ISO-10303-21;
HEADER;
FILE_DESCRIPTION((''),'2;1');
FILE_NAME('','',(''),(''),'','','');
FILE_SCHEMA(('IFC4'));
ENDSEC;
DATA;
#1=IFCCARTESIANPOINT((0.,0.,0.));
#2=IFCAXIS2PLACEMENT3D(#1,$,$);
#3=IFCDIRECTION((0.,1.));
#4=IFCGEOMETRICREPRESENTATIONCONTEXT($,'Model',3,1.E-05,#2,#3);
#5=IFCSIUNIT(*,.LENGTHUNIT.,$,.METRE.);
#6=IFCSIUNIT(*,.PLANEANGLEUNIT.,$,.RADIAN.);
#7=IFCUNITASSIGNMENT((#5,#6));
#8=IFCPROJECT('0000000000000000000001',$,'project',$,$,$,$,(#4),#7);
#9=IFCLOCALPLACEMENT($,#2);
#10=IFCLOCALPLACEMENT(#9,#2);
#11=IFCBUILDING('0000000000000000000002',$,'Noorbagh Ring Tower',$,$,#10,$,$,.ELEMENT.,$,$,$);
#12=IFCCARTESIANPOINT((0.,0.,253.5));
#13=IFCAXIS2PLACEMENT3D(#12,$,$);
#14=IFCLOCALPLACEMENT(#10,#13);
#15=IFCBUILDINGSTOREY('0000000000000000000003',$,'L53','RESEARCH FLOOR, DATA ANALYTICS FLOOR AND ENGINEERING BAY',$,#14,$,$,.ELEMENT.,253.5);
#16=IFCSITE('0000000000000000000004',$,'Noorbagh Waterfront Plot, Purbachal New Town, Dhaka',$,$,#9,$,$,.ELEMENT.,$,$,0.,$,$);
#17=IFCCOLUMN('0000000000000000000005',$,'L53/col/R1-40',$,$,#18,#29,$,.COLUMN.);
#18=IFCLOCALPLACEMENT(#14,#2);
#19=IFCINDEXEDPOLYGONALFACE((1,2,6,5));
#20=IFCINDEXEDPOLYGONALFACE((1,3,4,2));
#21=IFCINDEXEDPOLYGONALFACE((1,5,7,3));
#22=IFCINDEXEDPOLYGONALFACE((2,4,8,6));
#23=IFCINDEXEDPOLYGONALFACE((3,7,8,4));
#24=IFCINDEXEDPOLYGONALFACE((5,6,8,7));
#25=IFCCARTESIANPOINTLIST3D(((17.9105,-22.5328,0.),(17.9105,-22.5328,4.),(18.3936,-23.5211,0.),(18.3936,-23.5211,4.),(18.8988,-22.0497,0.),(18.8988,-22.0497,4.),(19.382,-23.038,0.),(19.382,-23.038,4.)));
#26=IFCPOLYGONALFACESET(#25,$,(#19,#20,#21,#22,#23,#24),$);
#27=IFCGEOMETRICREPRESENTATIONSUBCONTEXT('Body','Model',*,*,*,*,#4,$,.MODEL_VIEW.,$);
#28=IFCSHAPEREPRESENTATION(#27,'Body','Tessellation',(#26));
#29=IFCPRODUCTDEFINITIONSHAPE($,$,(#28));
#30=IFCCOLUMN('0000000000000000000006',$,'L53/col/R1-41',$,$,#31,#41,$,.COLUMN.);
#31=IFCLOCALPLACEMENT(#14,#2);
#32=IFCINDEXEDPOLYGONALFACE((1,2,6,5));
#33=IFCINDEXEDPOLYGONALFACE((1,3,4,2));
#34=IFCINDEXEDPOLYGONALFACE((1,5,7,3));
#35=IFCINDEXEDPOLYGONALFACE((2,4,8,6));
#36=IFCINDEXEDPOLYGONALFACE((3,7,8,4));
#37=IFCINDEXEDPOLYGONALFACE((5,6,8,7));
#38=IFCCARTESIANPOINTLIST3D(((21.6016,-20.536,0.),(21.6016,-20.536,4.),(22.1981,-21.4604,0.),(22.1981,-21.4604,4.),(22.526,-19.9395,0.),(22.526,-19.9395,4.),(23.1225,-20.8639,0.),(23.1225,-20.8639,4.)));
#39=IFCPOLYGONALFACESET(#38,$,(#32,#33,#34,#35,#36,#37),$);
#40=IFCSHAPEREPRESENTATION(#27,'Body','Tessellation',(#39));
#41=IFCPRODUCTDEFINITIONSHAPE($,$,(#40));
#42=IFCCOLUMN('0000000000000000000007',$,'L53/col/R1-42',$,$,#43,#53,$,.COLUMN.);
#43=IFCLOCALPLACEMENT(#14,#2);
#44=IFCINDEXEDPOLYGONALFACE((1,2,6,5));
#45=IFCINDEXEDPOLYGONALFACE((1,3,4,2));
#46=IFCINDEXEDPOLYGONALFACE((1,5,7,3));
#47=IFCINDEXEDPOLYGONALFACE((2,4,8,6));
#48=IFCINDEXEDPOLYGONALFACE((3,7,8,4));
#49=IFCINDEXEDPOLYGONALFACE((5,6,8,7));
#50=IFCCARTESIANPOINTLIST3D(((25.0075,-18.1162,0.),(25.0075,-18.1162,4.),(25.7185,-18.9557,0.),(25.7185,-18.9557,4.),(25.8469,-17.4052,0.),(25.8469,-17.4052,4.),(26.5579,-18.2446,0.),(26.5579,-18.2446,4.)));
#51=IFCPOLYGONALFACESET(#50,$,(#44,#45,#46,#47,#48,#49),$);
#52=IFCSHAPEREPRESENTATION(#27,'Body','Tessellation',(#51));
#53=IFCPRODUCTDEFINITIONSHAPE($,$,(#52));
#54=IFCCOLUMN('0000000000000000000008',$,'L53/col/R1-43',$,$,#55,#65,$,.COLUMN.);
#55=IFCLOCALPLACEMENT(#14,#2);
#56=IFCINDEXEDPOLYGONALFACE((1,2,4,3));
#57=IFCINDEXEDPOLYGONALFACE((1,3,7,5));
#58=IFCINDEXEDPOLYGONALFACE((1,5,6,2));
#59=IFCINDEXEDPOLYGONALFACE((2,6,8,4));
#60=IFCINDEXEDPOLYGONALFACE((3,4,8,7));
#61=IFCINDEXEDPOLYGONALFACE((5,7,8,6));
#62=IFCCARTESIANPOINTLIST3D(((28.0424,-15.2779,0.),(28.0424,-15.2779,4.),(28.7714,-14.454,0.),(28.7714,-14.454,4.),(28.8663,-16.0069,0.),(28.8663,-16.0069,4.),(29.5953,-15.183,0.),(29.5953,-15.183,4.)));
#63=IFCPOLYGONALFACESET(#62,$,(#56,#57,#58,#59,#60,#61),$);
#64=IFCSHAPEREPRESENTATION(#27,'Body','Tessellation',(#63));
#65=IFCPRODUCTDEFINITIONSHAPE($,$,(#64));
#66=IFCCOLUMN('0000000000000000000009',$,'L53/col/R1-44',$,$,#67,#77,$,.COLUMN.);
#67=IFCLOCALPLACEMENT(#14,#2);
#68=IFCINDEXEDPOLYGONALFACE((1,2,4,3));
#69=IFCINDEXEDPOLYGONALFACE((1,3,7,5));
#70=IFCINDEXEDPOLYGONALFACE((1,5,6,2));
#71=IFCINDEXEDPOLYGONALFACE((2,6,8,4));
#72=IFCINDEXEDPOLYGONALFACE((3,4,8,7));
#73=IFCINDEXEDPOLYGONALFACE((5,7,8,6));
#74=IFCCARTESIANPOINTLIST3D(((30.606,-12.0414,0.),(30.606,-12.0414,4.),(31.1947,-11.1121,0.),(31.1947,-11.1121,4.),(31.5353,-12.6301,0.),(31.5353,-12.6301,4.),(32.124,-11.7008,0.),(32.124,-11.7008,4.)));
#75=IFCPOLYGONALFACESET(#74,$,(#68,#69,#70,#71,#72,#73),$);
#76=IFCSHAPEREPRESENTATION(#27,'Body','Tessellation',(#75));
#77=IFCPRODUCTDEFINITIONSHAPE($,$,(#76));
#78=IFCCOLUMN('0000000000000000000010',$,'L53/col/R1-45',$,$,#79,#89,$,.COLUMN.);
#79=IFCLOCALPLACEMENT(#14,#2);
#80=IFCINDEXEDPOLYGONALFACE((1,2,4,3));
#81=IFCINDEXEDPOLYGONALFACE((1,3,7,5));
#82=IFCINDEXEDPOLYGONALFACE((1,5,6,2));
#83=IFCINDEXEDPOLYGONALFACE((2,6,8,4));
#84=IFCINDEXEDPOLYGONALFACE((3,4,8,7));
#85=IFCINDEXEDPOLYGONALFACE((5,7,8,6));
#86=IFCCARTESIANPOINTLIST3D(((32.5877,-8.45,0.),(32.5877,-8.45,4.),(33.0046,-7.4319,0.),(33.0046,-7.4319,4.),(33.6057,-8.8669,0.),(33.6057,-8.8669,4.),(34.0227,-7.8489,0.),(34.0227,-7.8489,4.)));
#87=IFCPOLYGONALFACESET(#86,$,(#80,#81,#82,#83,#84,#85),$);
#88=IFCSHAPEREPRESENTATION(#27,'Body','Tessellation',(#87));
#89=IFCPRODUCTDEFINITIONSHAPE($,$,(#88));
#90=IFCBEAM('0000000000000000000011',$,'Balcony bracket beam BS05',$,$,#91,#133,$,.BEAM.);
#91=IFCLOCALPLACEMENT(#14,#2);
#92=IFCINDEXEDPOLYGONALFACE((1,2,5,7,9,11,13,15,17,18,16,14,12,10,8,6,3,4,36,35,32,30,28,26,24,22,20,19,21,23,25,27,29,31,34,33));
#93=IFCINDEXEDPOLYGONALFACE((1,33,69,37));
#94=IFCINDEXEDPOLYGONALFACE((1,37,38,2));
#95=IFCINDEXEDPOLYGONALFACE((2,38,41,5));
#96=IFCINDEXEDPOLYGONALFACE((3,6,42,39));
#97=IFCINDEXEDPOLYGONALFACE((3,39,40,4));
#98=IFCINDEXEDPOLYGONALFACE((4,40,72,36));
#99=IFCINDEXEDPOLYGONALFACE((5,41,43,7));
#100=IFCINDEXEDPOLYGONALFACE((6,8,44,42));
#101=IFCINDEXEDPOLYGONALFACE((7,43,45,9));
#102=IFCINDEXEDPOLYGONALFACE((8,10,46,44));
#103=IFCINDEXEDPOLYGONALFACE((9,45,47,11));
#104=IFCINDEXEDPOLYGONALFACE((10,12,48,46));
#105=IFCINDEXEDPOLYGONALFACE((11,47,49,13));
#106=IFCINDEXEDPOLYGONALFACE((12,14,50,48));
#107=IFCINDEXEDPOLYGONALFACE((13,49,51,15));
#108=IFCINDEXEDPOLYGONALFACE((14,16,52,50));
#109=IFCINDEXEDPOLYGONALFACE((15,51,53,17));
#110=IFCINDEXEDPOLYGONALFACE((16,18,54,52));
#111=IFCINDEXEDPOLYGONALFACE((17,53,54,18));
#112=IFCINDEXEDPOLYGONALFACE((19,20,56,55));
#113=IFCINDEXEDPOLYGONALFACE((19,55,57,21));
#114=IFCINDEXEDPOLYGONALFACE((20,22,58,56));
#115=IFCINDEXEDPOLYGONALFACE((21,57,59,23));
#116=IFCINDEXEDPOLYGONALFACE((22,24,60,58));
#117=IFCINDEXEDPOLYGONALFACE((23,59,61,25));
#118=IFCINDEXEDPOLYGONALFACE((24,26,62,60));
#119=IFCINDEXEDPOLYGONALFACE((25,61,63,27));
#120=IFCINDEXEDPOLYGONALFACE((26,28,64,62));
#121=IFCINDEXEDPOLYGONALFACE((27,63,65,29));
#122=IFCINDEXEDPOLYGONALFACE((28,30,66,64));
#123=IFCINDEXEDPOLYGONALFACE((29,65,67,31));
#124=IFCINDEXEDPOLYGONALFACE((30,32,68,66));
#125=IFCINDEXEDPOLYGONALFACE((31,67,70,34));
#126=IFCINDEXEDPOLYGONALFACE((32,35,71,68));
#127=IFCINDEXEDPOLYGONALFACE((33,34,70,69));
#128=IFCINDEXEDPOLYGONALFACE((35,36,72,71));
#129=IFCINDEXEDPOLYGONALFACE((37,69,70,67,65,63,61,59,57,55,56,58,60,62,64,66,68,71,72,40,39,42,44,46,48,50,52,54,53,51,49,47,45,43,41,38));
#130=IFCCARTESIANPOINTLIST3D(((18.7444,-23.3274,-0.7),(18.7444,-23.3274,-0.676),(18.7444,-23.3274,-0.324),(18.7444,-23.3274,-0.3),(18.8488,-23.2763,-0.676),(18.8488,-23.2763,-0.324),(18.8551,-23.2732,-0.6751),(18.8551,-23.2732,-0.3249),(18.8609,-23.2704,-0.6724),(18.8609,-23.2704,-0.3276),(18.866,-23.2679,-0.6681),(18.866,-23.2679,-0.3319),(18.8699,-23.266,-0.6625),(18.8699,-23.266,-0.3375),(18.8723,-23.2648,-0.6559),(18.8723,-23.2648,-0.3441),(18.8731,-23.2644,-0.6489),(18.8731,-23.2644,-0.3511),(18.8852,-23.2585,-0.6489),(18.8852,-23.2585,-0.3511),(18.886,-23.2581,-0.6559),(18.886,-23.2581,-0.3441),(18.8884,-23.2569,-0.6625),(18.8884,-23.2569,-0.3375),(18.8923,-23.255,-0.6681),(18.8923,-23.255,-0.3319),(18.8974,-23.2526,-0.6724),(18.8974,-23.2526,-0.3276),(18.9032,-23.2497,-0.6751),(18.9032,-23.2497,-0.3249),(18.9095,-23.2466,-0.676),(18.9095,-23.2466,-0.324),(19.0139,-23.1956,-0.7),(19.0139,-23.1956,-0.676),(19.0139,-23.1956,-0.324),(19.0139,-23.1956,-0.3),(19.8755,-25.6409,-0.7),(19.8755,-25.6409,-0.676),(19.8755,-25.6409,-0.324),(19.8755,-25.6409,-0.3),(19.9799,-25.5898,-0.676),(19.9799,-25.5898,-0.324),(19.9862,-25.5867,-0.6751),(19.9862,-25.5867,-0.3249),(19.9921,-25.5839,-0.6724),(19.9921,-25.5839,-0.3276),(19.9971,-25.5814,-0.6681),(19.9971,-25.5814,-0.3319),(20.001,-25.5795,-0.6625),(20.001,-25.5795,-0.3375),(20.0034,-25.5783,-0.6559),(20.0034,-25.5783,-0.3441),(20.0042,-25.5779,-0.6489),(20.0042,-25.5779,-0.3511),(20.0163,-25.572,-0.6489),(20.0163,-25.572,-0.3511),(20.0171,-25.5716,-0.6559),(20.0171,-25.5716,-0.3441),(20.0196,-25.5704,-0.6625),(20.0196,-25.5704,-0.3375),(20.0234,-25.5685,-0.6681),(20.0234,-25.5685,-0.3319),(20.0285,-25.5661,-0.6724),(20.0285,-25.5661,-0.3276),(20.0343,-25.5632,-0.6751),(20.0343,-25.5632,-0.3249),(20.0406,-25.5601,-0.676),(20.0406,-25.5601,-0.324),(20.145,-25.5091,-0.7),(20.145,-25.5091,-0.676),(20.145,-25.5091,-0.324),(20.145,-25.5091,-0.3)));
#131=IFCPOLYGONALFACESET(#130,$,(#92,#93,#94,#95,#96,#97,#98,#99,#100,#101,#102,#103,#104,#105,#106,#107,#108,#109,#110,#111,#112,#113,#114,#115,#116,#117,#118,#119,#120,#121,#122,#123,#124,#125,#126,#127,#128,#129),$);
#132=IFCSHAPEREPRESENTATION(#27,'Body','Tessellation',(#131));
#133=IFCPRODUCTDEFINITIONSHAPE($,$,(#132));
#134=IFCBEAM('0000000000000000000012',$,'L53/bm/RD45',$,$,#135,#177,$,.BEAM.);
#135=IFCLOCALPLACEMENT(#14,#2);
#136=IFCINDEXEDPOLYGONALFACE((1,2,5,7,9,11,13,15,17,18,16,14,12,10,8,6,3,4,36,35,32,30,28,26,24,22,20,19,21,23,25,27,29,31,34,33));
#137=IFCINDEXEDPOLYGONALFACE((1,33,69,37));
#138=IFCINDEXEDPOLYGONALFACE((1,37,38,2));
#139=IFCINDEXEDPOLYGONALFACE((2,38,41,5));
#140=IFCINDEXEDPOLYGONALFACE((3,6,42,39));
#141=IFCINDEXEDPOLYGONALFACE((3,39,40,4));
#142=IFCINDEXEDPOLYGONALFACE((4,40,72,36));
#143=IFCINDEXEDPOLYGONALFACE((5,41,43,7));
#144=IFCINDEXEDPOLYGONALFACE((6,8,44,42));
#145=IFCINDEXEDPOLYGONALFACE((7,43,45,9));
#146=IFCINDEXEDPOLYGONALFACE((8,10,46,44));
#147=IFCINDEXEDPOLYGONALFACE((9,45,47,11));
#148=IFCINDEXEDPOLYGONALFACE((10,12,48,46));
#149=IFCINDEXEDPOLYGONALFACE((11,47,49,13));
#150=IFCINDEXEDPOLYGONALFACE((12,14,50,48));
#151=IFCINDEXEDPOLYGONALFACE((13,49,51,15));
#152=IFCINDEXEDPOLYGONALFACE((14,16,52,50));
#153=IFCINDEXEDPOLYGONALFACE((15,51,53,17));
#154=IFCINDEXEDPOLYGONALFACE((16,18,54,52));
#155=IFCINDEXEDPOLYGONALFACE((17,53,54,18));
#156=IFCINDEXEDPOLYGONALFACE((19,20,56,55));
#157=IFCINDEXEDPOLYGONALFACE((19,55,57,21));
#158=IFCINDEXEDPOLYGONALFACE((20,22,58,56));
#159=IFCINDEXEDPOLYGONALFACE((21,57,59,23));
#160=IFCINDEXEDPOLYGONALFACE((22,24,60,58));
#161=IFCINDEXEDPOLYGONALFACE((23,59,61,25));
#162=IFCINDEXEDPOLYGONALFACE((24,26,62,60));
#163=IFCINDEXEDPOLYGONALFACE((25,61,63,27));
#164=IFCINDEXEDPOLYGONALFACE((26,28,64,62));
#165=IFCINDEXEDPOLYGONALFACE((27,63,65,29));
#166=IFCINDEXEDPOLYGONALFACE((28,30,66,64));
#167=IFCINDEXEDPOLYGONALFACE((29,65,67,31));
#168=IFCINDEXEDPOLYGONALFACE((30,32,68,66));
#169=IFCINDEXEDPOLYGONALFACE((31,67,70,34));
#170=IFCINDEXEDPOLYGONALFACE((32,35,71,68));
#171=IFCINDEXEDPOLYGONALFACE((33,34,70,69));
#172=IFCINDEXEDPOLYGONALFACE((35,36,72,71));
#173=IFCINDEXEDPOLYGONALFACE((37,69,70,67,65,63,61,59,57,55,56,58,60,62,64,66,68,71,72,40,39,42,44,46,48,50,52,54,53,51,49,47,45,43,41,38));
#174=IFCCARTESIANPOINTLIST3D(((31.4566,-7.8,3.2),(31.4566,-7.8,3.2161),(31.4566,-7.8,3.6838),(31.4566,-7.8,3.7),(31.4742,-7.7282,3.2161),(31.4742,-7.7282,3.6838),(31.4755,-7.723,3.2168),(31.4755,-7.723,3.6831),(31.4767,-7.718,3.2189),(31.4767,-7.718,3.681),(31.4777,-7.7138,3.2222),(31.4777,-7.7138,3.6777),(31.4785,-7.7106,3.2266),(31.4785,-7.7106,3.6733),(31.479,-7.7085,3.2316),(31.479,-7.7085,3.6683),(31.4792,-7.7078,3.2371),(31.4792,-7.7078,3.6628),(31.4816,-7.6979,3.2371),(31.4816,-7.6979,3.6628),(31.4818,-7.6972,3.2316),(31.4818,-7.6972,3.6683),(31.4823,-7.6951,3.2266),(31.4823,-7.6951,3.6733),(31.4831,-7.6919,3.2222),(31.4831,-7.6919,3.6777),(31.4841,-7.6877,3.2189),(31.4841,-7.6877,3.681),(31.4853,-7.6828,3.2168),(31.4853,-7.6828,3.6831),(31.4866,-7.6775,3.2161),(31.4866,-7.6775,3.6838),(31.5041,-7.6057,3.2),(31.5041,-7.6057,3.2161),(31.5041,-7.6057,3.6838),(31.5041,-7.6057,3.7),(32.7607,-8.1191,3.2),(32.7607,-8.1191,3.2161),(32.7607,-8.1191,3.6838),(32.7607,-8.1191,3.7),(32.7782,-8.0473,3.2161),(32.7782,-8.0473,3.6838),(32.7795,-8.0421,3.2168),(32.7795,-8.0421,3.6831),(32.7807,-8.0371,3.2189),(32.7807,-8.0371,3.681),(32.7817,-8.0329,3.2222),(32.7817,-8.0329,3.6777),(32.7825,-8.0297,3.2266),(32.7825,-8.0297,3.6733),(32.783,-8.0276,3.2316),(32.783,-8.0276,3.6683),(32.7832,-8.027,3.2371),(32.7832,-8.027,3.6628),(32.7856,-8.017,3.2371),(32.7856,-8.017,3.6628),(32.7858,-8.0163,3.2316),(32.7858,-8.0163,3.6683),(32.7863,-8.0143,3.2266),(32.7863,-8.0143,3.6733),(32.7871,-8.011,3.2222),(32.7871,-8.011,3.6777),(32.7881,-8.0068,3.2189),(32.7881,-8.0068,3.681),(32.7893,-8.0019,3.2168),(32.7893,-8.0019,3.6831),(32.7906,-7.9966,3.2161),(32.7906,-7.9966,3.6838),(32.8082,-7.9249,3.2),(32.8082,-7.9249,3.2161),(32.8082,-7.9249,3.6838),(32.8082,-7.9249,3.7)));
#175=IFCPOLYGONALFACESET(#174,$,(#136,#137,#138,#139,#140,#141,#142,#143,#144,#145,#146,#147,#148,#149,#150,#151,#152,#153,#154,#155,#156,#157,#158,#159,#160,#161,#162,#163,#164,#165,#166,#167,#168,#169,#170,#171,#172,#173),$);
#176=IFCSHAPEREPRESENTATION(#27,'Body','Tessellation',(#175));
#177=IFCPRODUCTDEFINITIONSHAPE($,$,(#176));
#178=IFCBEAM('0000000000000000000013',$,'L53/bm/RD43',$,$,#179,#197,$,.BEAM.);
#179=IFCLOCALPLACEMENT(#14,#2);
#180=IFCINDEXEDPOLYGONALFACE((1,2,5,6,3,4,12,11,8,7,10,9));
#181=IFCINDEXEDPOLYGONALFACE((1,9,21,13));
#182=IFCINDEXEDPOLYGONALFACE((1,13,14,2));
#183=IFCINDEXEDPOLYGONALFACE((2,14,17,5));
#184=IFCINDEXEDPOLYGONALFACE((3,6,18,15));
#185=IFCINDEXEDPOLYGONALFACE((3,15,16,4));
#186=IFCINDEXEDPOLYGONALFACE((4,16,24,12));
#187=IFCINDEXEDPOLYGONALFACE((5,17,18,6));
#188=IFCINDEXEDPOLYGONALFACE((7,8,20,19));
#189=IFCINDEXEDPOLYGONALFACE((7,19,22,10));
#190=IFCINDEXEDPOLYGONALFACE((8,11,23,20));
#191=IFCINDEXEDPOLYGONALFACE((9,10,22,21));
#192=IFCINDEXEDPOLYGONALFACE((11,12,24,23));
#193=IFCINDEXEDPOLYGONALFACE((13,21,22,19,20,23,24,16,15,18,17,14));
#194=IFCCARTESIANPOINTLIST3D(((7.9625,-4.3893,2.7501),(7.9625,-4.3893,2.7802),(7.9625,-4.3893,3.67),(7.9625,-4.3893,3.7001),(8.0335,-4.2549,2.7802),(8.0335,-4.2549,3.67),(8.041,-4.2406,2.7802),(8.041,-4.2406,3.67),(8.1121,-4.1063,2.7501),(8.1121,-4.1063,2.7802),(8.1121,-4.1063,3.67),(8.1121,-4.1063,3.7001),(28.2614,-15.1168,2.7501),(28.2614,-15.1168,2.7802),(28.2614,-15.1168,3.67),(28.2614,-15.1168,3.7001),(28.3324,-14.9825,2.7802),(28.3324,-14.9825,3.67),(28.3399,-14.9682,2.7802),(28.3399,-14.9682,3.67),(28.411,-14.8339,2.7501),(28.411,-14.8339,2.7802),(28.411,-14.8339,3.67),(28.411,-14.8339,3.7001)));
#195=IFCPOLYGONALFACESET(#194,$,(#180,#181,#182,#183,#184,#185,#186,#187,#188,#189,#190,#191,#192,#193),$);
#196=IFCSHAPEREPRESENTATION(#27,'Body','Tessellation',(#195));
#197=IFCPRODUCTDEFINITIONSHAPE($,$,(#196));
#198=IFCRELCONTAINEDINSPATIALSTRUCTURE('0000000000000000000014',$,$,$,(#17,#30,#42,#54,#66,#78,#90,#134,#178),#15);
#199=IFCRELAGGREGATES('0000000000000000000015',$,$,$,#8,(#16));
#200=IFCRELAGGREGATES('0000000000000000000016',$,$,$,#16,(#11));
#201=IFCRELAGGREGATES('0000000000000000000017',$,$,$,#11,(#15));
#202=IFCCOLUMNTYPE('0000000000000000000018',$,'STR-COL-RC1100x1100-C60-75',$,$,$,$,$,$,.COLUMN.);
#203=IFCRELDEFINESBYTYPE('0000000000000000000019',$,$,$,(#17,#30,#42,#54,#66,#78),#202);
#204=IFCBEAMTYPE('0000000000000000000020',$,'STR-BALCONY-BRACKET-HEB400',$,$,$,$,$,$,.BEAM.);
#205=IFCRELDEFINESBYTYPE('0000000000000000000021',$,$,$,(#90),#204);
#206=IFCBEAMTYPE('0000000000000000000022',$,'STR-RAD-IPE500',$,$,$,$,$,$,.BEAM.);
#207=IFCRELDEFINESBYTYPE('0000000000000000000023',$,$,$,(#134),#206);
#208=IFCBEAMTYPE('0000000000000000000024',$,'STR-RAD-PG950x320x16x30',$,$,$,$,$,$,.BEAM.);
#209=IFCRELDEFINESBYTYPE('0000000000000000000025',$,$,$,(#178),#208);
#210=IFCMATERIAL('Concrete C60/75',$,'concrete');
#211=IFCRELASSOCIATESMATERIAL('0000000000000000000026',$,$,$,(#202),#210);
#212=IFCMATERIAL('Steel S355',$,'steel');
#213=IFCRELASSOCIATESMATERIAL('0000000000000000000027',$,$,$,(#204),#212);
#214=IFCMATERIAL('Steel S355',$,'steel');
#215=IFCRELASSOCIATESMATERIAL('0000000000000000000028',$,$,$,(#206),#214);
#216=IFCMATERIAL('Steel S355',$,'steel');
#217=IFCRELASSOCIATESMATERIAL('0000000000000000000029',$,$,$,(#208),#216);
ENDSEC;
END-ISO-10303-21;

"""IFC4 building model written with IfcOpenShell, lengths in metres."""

from ifc_helpers import new_model, si_unit, direction, frame, origin, origin_2d, place, context, subcontext, project, spatial, rectangle, i_section, extrude, material, material_profile, profile_set, type_object, element, save


model = new_model("IFC4")

# Units and contexts
model_context = context("Model", 3, precision=1e-05, world=origin(), true_north=direction((0.0, 1.0)))
body_context = subcontext(model_context, "Body", "Model", "MODEL_VIEW")
ifc_project = project(units=[si_unit("LENGTHUNIT", "METRE"), si_unit("PLANEANGLEUNIT", "RADIAN")], contexts=[model_context])

# Site, building, storey
site_placement = place(None, origin())
site = spatial("IfcSite", under=ifc_project, at=site_placement, Name="Noorbagh Waterfront Plot, Purbachal New Town, Dhaka", CompositionType="ELEMENT", RefElevation=0.0)
building_placement = place(site_placement, origin())
building = spatial("IfcBuilding", under=site, at=building_placement, Name="Noorbagh Ring Tower", CompositionType="ELEMENT")
storey_placement = place(building_placement, frame((0.0, 0.0, 253.5)))
storey = spatial("IfcBuildingStorey", under=building, at=storey_placement, Name="L53", Description="RESEARCH FLOOR, DATA ANALYTICS FLOOR AND ENGINEERING BAY", CompositionType="ELEMENT", Elevation=253.5)

# Columns
ifc_material_1 = material(Name="Concrete C60/75", Category="concrete")
ifc_material_profile_1 = material_profile(ifc_material_1, rectangle(XDim=1.1001, YDim=1.1001, at=origin_2d()), Name="RC1100x1100")
ifc_profile_set_1 = profile_set([ifc_material_profile_1], Name="Concrete C60/75")
column_type = type_object("IfcColumnType", Name="STR-COL-RC1100x1100-C60-75", PredefinedType="COLUMN", material=ifc_profile_set_1)
for number, where, z_axis, x_axis, name in (
    (1, (18.6462, -22.7854, 0.0), (0.0, 0.0, 1.0), (0.898399, 0.43918, 0.0), "L53/col/R1-40"),
    (2, (22.3621, -20.7, 0.0), (0.0, 0.0, 1.0), (0.840248, 0.542203, 0.0), "L53/col/R1-41"),
    (3, (25.7827, -18.1804, 0.0), (0.0, 0.0, 1.0), (0.763035, 0.646357, 0.0), "L53/col/R1-42"),
    (4, (28.8188, -15.2305, 0.0), (0.0, 0.0, 1.0), (0.662636, 0.748942, 0.0), "L53/col/R1-43"),
    (5, (31.365, -11.8711, 0.0), (0.0, 0.0, 1.0), (0.53519, 0.844731, 0.0), "L53/col/R1-44"),
    (6, (33.3052, -8.1494, 0.0), (0.0, 0.0, 1.0), (0.378989, 0.925401, 0.0), "L53/col/R1-45"),
):
    element("IfcColumn", number, at=place(storey_placement, frame(where, z_axis=z_axis, x_axis=x_axis)), inside=storey, type_object=column_type, Name=name, PredefinedType="COLUMN", context=body_context, shape_type="SweptSolid", body=[
        extrude(rectangle(XDim=1.1001, YDim=1.1001, at=origin_2d()), origin(), (0.0, 0.0, 1.0), 4.0),
    ])

# Beams
ifc_material_2 = material(Name="Steel S355", Category="steel")
ifc_material_profile_2 = material_profile(ifc_material_2, i_section(OverallWidth=0.3, OverallDepth=0.3999, WebThickness=0.0134, FlangeThickness=0.0239, FilletRadius=0.0271, at=origin_2d()), Name="HEB400")
ifc_profile_set_2 = profile_set([ifc_material_profile_2], Name="Steel S355")
beam_type_1 = type_object("IfcBeamType", Name="STR-BALCONY-BRACKET-HEB400", PredefinedType="BEAM", material=ifc_profile_set_2)
beam_1_placement = place(storey_placement, frame((18.8792, -23.2615, -0.5), z_axis=(0.439232, -0.898374, 0.0), x_axis=(0.898374, 0.439232, 0.0)))
element("IfcBeam", 7, at=beam_1_placement, inside=storey, type_object=beam_type_1, Name="Balcony bracket beam BS05", PredefinedType="BEAM", context=body_context, shape_type="SweptSolid", body=[
    extrude(i_section(OverallWidth=0.3, OverallDepth=0.3999, WebThickness=0.0134, FlangeThickness=0.0239, FilletRadius=0.0271, at=origin_2d()), origin(), (0.0, 0.0, 1.0), 2.5752),
])
ifc_material_3 = material(Name="Steel S355", Category="steel")
ifc_material_profile_3 = material_profile(ifc_material_3, i_section(OverallWidth=0.2, OverallDepth=0.5, WebThickness=0.0103, FlangeThickness=0.0161, FilletRadius=0.021, at=origin_2d()), Name="IPE500")
ifc_profile_set_3 = profile_set([ifc_material_profile_3], Name="Steel S355")
beam_type_2 = type_object("IfcBeamType", Name="STR-RAD-IPE500", PredefinedType="BEAM", material=ifc_profile_set_3)
beam_2_placement = place(storey_placement, frame((32.7844, -8.022, 3.45), z_axis=(-0.971339, 0.237697, 0.0), x_axis=(-0.237697, -0.971339, 0.0)))
element("IfcBeam", 8, at=beam_2_placement, inside=storey, type_object=beam_type_2, Name="L53/bm/RD45", PredefinedType="BEAM", context=body_context, shape_type="SweptSolid", body=[
    extrude(i_section(OverallWidth=0.2, OverallDepth=0.5, WebThickness=0.0103, FlangeThickness=0.0161, FilletRadius=0.021, at=origin_2d()), origin(), (0.0, 0.0, 1.0), 1.3425),
])
ifc_material_4 = material(Name="Steel S355", Category="steel")
ifc_material_profile_4 = material_profile(ifc_material_4, i_section(OverallWidth=0.3201, OverallDepth=0.95, WebThickness=0.0161, FlangeThickness=0.03, at=origin_2d()), Name="PG950x320x16x30")
ifc_profile_set_4 = profile_set([ifc_material_profile_4], Name="Steel S355")
beam_type_3 = type_object("IfcBeamType", Name="STR-RAD-PG950x320x16x30", PredefinedType="BEAM", material=ifc_profile_set_4)
beam_3_placement = place(storey_placement, frame((28.3362, -14.9753, 3.2251), z_axis=(-0.884128, 0.467245, 0.0), x_axis=(-0.467245, -0.884128, 0.0)))
element("IfcBeam", 9, at=beam_3_placement, inside=storey, type_object=beam_type_3, Name="L53/bm/RD43", PredefinedType="BEAM", context=body_context, shape_type="SweptSolid", body=[
    extrude(i_section(OverallWidth=0.3201, OverallDepth=0.95, WebThickness=0.0161, FlangeThickness=0.03, at=origin_2d()), origin(), (0.0, 0.0, 1.0), 22.9592),
])

save(model, "model.ifc")
